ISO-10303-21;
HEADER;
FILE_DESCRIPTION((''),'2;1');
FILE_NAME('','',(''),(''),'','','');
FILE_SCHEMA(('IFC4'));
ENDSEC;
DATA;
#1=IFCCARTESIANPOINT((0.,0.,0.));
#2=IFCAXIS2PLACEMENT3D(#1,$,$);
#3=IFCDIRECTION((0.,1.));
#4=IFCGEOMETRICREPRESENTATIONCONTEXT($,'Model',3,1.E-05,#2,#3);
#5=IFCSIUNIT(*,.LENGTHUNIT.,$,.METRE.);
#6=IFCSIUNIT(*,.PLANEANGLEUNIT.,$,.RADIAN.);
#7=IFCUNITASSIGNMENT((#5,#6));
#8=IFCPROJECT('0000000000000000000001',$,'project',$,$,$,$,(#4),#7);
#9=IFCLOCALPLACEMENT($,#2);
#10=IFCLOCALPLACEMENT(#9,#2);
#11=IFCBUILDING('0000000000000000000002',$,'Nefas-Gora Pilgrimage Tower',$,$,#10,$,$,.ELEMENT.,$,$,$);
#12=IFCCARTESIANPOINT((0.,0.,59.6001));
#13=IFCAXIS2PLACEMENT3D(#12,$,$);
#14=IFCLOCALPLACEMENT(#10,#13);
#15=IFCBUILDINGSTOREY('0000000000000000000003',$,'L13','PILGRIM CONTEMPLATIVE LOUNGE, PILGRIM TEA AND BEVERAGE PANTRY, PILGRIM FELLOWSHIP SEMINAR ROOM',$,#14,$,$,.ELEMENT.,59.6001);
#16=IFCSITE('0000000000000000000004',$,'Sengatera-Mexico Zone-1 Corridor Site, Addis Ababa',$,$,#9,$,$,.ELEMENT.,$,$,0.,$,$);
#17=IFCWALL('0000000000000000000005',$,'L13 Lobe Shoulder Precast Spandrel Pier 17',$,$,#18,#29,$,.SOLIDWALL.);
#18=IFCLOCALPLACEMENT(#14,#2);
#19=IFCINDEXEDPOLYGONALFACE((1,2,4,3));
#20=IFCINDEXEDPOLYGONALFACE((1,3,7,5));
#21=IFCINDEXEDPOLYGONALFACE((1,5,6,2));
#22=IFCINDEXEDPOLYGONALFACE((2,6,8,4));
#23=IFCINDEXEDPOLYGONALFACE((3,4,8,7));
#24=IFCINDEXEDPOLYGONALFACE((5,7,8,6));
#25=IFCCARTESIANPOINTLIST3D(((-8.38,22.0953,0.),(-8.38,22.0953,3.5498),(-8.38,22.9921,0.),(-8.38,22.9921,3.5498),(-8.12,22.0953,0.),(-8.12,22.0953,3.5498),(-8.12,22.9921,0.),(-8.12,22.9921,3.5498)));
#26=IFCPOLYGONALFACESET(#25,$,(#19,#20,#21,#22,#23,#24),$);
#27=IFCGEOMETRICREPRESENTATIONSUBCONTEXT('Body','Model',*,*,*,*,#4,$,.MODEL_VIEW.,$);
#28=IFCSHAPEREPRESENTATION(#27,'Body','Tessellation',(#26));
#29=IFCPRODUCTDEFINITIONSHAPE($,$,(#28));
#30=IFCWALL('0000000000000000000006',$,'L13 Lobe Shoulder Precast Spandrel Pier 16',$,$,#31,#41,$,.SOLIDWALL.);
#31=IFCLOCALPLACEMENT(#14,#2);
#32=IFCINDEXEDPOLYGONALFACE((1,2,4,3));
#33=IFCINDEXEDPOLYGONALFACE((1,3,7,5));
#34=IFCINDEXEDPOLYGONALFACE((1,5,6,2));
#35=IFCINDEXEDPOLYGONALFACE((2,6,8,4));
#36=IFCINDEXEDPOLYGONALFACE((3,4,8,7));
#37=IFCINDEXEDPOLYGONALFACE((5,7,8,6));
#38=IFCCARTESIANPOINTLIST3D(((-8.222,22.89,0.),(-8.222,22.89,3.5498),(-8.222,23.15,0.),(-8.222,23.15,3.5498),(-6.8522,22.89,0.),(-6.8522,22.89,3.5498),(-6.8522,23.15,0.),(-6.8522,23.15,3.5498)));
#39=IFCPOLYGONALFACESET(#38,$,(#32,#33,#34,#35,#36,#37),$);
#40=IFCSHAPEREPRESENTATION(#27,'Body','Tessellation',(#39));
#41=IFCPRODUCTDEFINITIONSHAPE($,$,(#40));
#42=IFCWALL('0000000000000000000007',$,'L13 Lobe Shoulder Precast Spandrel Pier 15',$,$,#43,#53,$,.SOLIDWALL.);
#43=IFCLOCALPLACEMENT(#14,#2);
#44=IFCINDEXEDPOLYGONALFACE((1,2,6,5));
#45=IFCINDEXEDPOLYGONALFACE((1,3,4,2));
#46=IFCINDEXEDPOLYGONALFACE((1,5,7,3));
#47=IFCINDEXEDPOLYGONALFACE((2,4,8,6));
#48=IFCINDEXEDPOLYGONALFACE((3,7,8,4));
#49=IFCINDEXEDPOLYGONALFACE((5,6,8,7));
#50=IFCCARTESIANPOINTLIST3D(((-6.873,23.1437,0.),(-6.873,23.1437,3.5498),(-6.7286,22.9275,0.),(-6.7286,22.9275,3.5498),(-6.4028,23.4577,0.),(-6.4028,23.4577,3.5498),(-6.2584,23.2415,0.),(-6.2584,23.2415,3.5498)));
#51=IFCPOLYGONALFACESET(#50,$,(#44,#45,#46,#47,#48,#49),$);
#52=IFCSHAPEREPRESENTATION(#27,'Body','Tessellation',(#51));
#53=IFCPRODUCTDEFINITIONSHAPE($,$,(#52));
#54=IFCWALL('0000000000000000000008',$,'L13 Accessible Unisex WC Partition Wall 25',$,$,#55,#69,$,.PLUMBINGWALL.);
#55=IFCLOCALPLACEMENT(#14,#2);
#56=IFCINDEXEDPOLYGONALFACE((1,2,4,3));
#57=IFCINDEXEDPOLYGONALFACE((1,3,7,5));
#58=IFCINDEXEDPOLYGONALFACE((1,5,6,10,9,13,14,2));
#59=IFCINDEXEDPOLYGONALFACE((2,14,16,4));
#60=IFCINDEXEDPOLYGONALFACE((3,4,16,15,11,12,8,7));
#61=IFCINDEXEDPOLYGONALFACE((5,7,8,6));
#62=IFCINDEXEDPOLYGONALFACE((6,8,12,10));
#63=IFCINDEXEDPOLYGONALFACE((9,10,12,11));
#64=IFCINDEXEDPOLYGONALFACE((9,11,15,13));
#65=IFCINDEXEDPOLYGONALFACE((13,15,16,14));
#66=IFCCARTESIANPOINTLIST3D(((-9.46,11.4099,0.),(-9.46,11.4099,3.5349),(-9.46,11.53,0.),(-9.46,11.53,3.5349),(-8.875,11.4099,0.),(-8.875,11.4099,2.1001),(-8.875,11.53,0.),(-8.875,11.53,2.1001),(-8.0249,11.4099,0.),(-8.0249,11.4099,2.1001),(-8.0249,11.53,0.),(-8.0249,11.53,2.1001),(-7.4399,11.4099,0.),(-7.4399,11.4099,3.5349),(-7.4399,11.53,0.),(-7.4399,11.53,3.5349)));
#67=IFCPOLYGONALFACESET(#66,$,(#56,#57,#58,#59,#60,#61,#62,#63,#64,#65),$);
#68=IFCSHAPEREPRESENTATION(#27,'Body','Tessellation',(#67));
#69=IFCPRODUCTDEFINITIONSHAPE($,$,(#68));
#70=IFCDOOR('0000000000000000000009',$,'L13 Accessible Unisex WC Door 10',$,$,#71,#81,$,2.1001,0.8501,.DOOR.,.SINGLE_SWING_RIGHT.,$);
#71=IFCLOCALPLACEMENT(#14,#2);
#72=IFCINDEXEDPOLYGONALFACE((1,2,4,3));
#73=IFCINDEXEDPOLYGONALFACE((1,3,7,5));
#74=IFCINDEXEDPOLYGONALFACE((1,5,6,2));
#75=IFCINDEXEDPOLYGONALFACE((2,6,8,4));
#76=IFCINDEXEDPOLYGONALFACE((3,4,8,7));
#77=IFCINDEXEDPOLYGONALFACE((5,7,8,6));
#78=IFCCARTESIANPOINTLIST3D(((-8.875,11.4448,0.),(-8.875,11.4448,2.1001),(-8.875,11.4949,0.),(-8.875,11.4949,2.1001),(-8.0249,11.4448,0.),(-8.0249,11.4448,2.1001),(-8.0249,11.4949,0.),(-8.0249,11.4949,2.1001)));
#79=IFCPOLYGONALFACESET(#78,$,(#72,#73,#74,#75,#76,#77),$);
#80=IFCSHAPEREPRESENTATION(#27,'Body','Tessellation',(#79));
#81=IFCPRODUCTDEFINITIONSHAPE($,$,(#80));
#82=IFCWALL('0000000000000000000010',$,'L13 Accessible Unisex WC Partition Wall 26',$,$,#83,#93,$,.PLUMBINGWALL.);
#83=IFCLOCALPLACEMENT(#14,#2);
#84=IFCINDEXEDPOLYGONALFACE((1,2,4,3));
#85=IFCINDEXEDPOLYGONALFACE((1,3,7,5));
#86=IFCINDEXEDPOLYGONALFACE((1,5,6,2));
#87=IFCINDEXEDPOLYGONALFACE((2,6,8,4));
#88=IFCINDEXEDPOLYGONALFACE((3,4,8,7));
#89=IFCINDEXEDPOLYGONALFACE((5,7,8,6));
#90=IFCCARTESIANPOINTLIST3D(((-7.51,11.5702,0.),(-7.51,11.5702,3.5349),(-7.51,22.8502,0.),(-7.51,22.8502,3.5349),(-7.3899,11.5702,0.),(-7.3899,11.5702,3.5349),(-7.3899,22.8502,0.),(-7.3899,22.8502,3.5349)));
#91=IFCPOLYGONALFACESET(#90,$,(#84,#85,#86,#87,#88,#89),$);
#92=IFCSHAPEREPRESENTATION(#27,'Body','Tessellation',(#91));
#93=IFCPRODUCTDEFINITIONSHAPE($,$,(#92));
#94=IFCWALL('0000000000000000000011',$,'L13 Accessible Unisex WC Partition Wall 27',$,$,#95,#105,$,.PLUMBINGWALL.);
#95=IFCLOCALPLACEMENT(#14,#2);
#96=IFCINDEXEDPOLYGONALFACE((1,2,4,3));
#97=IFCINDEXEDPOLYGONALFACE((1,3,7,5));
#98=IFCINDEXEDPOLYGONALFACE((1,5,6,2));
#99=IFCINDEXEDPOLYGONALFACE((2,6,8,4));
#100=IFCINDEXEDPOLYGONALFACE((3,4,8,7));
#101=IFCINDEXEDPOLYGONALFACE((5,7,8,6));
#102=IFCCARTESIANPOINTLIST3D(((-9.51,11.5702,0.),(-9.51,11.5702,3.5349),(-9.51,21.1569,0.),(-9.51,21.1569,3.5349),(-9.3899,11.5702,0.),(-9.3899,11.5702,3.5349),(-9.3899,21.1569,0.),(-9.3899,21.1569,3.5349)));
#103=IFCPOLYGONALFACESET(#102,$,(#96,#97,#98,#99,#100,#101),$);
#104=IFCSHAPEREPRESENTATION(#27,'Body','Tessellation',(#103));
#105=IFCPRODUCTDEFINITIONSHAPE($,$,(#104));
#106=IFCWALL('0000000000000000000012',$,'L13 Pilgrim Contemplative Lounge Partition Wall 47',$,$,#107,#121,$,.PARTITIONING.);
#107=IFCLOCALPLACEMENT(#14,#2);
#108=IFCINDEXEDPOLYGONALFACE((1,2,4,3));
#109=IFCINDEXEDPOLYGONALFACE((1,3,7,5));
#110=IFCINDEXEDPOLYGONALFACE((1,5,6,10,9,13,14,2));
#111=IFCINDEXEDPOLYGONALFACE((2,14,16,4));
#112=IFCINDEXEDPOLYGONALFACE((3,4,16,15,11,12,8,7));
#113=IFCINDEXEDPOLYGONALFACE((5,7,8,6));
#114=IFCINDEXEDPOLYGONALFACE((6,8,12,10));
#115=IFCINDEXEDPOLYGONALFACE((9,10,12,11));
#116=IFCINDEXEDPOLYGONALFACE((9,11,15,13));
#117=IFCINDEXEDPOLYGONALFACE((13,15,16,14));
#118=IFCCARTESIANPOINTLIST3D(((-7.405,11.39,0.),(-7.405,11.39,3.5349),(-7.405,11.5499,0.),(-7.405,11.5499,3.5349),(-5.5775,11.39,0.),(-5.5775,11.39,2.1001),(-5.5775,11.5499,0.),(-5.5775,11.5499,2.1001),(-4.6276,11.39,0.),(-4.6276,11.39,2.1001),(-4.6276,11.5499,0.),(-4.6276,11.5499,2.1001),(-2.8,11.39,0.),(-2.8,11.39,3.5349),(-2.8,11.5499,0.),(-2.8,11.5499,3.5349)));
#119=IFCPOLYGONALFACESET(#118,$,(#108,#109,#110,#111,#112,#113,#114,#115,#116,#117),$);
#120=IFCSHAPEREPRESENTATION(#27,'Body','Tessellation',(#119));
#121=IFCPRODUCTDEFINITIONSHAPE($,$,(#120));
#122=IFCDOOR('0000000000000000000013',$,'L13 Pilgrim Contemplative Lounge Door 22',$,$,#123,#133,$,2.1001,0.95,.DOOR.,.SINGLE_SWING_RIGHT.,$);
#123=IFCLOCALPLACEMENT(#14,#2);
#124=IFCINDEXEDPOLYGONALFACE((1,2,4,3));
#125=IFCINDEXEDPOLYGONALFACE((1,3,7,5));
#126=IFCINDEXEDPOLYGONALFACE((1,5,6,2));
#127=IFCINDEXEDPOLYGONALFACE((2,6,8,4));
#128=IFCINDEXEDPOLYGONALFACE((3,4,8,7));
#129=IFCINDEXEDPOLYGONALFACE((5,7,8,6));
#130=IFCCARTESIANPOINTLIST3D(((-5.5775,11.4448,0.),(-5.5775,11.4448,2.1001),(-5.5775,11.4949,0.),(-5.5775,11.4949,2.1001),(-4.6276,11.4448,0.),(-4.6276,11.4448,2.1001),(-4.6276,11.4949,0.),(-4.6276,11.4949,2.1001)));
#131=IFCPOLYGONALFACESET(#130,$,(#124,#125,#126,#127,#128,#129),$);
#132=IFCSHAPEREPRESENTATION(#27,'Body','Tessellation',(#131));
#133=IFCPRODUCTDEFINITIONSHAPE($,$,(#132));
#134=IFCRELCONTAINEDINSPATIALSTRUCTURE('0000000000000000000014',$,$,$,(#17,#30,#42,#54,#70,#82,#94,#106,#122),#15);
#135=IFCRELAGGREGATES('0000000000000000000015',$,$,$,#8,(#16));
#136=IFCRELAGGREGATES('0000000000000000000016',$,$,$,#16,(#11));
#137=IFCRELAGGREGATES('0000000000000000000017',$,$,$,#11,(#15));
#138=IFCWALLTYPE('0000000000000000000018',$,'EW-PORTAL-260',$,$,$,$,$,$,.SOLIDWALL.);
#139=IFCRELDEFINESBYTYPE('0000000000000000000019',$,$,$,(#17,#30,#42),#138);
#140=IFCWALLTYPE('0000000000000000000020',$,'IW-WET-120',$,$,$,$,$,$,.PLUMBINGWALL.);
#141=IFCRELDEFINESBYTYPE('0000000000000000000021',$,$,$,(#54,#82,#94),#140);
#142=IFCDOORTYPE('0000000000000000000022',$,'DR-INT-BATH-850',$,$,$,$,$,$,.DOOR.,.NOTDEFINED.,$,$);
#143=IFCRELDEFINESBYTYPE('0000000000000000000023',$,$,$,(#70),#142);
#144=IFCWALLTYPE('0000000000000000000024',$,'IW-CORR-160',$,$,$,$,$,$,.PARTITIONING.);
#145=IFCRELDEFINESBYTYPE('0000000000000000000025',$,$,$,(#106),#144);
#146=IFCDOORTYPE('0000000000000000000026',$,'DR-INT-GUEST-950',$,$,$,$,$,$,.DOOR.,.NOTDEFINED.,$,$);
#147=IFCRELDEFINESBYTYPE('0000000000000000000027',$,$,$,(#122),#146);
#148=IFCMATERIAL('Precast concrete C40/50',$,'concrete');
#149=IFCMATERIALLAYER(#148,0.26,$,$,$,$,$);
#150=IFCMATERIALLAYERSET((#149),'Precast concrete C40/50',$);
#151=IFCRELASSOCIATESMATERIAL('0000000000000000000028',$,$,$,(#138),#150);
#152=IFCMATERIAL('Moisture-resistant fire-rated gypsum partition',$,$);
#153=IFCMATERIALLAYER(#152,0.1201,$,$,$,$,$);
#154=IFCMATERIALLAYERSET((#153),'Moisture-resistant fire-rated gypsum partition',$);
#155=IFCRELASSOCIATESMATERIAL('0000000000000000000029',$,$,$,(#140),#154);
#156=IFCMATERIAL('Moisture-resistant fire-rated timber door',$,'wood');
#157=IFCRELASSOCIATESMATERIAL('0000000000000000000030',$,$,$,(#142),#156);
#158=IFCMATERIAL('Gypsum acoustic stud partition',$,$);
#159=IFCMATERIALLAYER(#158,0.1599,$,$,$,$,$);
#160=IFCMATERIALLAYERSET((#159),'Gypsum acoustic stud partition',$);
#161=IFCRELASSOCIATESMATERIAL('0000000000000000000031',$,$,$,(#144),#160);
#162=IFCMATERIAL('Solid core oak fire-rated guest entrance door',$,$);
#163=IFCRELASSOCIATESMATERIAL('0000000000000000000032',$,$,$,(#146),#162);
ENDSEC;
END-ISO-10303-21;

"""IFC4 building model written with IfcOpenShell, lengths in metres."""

from ifc_helpers import new_model, si_unit, direction, frame, frame_2d, origin, place, context, subcontext, project, spatial, rectangle, extrude, source, transform, mapped, material, layer, layer_set, type_object, element, fill, save


model = new_model("IFC4")

# Units and contexts
model_context = context("Model", 3, precision=1e-05, world=origin(), true_north=direction((0.0, 1.0)))
body_context = subcontext(model_context, "Body", "Model", "MODEL_VIEW")
ifc_project = project(units=[si_unit("LENGTHUNIT", "METRE"), si_unit("PLANEANGLEUNIT", "RADIAN")], contexts=[model_context])

# Site, building, storey
site_placement = place(None, origin())
site = spatial("IfcSite", under=ifc_project, at=site_placement, Name="Sengatera-Mexico Zone-1 Corridor Site, Addis Ababa", CompositionType="ELEMENT", RefElevation=0.0)
building_placement = place(site_placement, origin())
building = spatial("IfcBuilding", under=site, at=building_placement, Name="Nefas-Gora Pilgrimage Tower", CompositionType="ELEMENT")
storey_placement = place(building_placement, frame((0.0, 0.0, 59.6001)))
storey = spatial("IfcBuildingStorey", under=building, at=storey_placement, Name="L13", Description="PILGRIM CONTEMPLATIVE LOUNGE, PILGRIM TEA AND BEVERAGE PANTRY, PILGRIM FELLOWSHIP SEMINAR ROOM", CompositionType="ELEMENT", Elevation=59.6001)

# Walls
ifc_material_1 = material(Name="Precast concrete C40/50", Category="concrete")
ifc_layer_1 = layer(ifc_material_1, 0.26)
ifc_layer_set_1 = layer_set([ifc_layer_1], Name="Precast concrete C40/50")
wall_type_1 = type_object("IfcWallType", Name="EW-PORTAL-260", PredefinedType="SOLIDWALL", material=ifc_layer_set_1)
shared_shape_1 = source(origin(), body_context, "Body", "SweptSolid", [
    extrude(rectangle(XDim=0.8967, YDim=0.26, at=frame_2d((0.4482, 0.0))), origin(), (0.0, 0.0, 1.0), 3.5498),
])
wall_1_placement = place(storey_placement, frame((-8.25, 22.9919, 0.0), z_axis=(0.0, 0.0, 1.0), x_axis=(0.0, -1.0, 0.0)))
element("IfcWall", 1, at=wall_1_placement, inside=storey, type_object=wall_type_1, Name="L13 Lobe Shoulder Precast Spandrel Pier 17", PredefinedType="SOLIDWALL", context=body_context, shape_type="MappedRepresentation", body=[
    mapped(shared_shape_1, transform((0.0, 0.0, 0.0), x_axis=(1.0, 0.0, 0.0), y_axis=(0.0, 1.0, 0.0), z_axis=(0.0, 0.0, 1.0), scale=1.0)),
])
shared_shape_2 = source(origin(), body_context, "Body", "SweptSolid", [
    extrude(rectangle(XDim=1.3699, YDim=0.26, at=frame_2d((0.6851, 0.0))), origin(), (0.0, 0.0, 1.0), 3.5498),
])
wall_2_placement = place(storey_placement, frame((-6.8521, 23.02, 0.0), z_axis=(0.0, 0.0, 1.0), x_axis=(-1.0, 0.0, 0.0)))
element("IfcWall", 2, at=wall_2_placement, inside=storey, type_object=wall_type_1, Name="L13 Lobe Shoulder Precast Spandrel Pier 16", PredefinedType="SOLIDWALL", context=body_context, shape_type="MappedRepresentation", body=[
    mapped(shared_shape_2, transform((0.0, 0.0, 0.0), x_axis=(1.0, 0.0, 0.0), y_axis=(0.0, 1.0, 0.0), z_axis=(0.0, 0.0, 1.0), scale=1.0)),
])
shared_shape_3 = source(origin(), body_context, "Body", "SweptSolid", [
    extrude(rectangle(XDim=0.5654, YDim=0.26, at=frame_2d((0.2827, 0.0))), origin(), (0.0, 0.0, 1.0), 3.5498),
])
wall_3_placement = place(storey_placement, frame((-6.3306, 23.3496, 0.0), z_axis=(0.0, 0.0, 1.0), x_axis=(-0.831651, -0.555298, 0.0)))
element("IfcWall", 3, at=wall_3_placement, inside=storey, type_object=wall_type_1, Name="L13 Lobe Shoulder Precast Spandrel Pier 15", PredefinedType="SOLIDWALL", context=body_context, shape_type="MappedRepresentation", body=[
    mapped(shared_shape_3, transform((0.0, 0.0, 0.0), x_axis=(1.0, 0.0, 0.0), y_axis=(0.0, 1.0, 0.0), z_axis=(0.0, 0.0, 1.0), scale=1.0)),
])

# Wall, opening, door
ifc_material_2 = material(Name="Moisture-resistant fire-rated gypsum partition")
ifc_layer_2 = layer(ifc_material_2, 0.1201)
ifc_layer_set_2 = layer_set([ifc_layer_2], Name="Moisture-resistant fire-rated gypsum partition")
wall_type_2 = type_object("IfcWallType", Name="IW-WET-120", PredefinedType="PLUMBINGWALL", material=ifc_layer_set_2)
shared_shape_4 = source(origin(), body_context, "Body", "SweptSolid", [
    extrude(rectangle(XDim=2.02, YDim=0.1201, at=frame_2d((1.01, 0.0))), origin(), (0.0, 0.0, 1.0), 3.5349),
])
wall_4_placement = place(storey_placement, frame((-9.46, 11.47, 0.0), z_axis=(0.0, 0.0, 1.0), x_axis=(1.0, 0.0, 0.0)))
wall_4 = element("IfcWall", 4, at=wall_4_placement, inside=storey, type_object=wall_type_2, Name="L13 Accessible Unisex WC Partition Wall 25", PredefinedType="PLUMBINGWALL", context=body_context, shape_type="MappedRepresentation", body=[
    mapped(shared_shape_4, transform((0.0, 0.0, 0.0), x_axis=(1.0, 0.0, 0.0), y_axis=(0.0, 1.0, 0.0), z_axis=(0.0, 0.0, 1.0), scale=1.0)),
])
opening_1_placement = place(wall_4_placement, frame((0.585, 0.0, 0.0)))
opening_1 = element("IfcOpeningElement", 5, at=opening_1_placement, cuts=wall_4, PredefinedType="OPENING", context=body_context, shape_type="SweptSolid", body=[
    extrude(rectangle(XDim=0.8501, YDim=2.1001, at=frame_2d((0.425, 1.05))), frame((0.0, 0.0701, 0.0), z_axis=(0.0, -1.0, 0.0), x_axis=(1.0, 0.0, 0.0)), (0.0, 0.0, 1.0), 0.1401),
])
ifc_material_3 = material(Name="Moisture-resistant fire-rated timber door", Category="wood")
door_type_1 = type_object("IfcDoorType", Name="DR-INT-BATH-850", OperationType="NOTDEFINED", PredefinedType="DOOR", material=ifc_material_3)
shared_shape_5 = source(origin(), body_context, "Body", "SweptSolid", [
    extrude(rectangle(XDim=0.8501, YDim=2.1001, at=frame_2d((0.425, 1.05))), frame((0.0, 0.0249, 0.0), z_axis=(0.0, -1.0, 0.0), x_axis=(1.0, 0.0, 0.0)), (0.0, 0.0, 1.0), 0.05),
])
door_1_placement = place(opening_1_placement, origin())
door_1 = element("IfcDoor", 6, at=door_1_placement, inside=storey, type_object=door_type_1, Name="L13 Accessible Unisex WC Door 10", OperationType="SINGLE_SWING_RIGHT", OverallHeight=2.1001, OverallWidth=0.8501, PredefinedType="DOOR", context=body_context, shape_type="MappedRepresentation", body=[
    mapped(shared_shape_5, transform((0.0, 0.0, 0.0), x_axis=(1.0, 0.0, 0.0), y_axis=(0.0, 1.0, 0.0), z_axis=(0.0, 0.0, 1.0), scale=1.0)),
])
fill(opening_1, door_1)

# Walls
shared_shape_6 = source(origin(), body_context, "Body", "SweptSolid", [
    extrude(rectangle(XDim=11.28, YDim=0.1201, at=frame_2d((5.6401, 0.0))), origin(), (0.0, 0.0, 1.0), 3.5349),
])
wall_5_placement = place(storey_placement, frame((-7.45, 11.5701, 0.0), z_axis=(0.0, 0.0, 1.0), x_axis=(0.0, 1.0, 0.0)))
element("IfcWall", 7, at=wall_5_placement, inside=storey, type_object=wall_type_2, Name="L13 Accessible Unisex WC Partition Wall 26", PredefinedType="PLUMBINGWALL", context=body_context, shape_type="MappedRepresentation", body=[
    mapped(shared_shape_6, transform((0.0, 0.0, 0.0), x_axis=(1.0, 0.0, 0.0), y_axis=(0.0, 1.0, 0.0), z_axis=(0.0, 0.0, 1.0), scale=1.0)),
])
shared_shape_7 = source(origin(), body_context, "Body", "SweptSolid", [
    extrude(rectangle(XDim=9.5867, YDim=0.1201, at=frame_2d((4.7935, 0.0))), origin(), (0.0, 0.0, 1.0), 3.5349),
])
wall_6_placement = place(storey_placement, frame((-9.45, 11.5701, 0.0), z_axis=(0.0, 0.0, 1.0), x_axis=(0.0, 1.0, 0.0)))
element("IfcWall", 8, at=wall_6_placement, inside=storey, type_object=wall_type_2, Name="L13 Accessible Unisex WC Partition Wall 27", PredefinedType="PLUMBINGWALL", context=body_context, shape_type="MappedRepresentation", body=[
    mapped(shared_shape_7, transform((0.0, 0.0, 0.0), x_axis=(1.0, 0.0, 0.0), y_axis=(0.0, 1.0, 0.0), z_axis=(0.0, 0.0, 1.0), scale=1.0)),
])

# Wall, opening, door
ifc_material_4 = material(Name="Gypsum acoustic stud partition")
ifc_layer_3 = layer(ifc_material_4, 0.1599)
ifc_layer_set_3 = layer_set([ifc_layer_3], Name="Gypsum acoustic stud partition")
wall_type_3 = type_object("IfcWallType", Name="IW-CORR-160", PredefinedType="PARTITIONING", material=ifc_layer_set_3)
shared_shape_8 = source(origin(), body_context, "Body", "SweptSolid", [
    extrude(rectangle(XDim=4.605, YDim=0.1599, at=frame_2d((2.3025, 0.0))), origin(), (0.0, 0.0, 1.0), 3.5349),
])
wall_7_placement = place(storey_placement, frame((-7.405, 11.47, 0.0), z_axis=(0.0, 0.0, 1.0), x_axis=(1.0, 0.0, 0.0)))
wall_7 = element("IfcWall", 9, at=wall_7_placement, inside=storey, type_object=wall_type_3, Name="L13 Pilgrim Contemplative Lounge Partition Wall 47", PredefinedType="PARTITIONING", context=body_context, shape_type="MappedRepresentation", body=[
    mapped(shared_shape_8, transform((0.0, 0.0, 0.0), x_axis=(1.0, 0.0, 0.0), y_axis=(0.0, 1.0, 0.0), z_axis=(0.0, 0.0, 1.0), scale=1.0)),
])
opening_2_placement = place(wall_7_placement, frame((1.8274, 0.0, 0.0)))
opening_2 = element("IfcOpeningElement", 10, at=opening_2_placement, cuts=wall_7, PredefinedType="OPENING", context=body_context, shape_type="SweptSolid", body=[
    extrude(rectangle(XDim=0.95, YDim=2.1001, at=frame_2d((0.4751, 1.05))), frame((0.0, 0.0898, 0.0), z_axis=(0.0, -1.0, 0.0), x_axis=(1.0, 0.0, 0.0)), (0.0, 0.0, 1.0), 0.1799),
])
ifc_material_5 = material(Name="Solid core oak fire-rated guest entrance door")
door_type_2 = type_object("IfcDoorType", Name="DR-INT-GUEST-950", OperationType="NOTDEFINED", PredefinedType="DOOR", material=ifc_material_5)
shared_shape_9 = source(origin(), body_context, "Body", "SweptSolid", [
    extrude(rectangle(XDim=0.95, YDim=2.1001, at=frame_2d((0.4751, 1.05))), frame((0.0, 0.0249, 0.0), z_axis=(0.0, -1.0, 0.0), x_axis=(1.0, 0.0, 0.0)), (0.0, 0.0, 1.0), 0.05),
])
door_2_placement = place(opening_2_placement, origin())
door_2 = element("IfcDoor", 11, at=door_2_placement, inside=storey, type_object=door_type_2, Name="L13 Pilgrim Contemplative Lounge Door 22", OperationType="SINGLE_SWING_RIGHT", OverallHeight=2.1001, OverallWidth=0.95, PredefinedType="DOOR", context=body_context, shape_type="MappedRepresentation", body=[
    mapped(shared_shape_9, transform((0.0, 0.0, 0.0), x_axis=(1.0, 0.0, 0.0), y_axis=(0.0, 1.0, 0.0), z_axis=(0.0, 0.0, 1.0), scale=1.0)),
])
fill(opening_2, door_2)

save(model, "model.ifc")
